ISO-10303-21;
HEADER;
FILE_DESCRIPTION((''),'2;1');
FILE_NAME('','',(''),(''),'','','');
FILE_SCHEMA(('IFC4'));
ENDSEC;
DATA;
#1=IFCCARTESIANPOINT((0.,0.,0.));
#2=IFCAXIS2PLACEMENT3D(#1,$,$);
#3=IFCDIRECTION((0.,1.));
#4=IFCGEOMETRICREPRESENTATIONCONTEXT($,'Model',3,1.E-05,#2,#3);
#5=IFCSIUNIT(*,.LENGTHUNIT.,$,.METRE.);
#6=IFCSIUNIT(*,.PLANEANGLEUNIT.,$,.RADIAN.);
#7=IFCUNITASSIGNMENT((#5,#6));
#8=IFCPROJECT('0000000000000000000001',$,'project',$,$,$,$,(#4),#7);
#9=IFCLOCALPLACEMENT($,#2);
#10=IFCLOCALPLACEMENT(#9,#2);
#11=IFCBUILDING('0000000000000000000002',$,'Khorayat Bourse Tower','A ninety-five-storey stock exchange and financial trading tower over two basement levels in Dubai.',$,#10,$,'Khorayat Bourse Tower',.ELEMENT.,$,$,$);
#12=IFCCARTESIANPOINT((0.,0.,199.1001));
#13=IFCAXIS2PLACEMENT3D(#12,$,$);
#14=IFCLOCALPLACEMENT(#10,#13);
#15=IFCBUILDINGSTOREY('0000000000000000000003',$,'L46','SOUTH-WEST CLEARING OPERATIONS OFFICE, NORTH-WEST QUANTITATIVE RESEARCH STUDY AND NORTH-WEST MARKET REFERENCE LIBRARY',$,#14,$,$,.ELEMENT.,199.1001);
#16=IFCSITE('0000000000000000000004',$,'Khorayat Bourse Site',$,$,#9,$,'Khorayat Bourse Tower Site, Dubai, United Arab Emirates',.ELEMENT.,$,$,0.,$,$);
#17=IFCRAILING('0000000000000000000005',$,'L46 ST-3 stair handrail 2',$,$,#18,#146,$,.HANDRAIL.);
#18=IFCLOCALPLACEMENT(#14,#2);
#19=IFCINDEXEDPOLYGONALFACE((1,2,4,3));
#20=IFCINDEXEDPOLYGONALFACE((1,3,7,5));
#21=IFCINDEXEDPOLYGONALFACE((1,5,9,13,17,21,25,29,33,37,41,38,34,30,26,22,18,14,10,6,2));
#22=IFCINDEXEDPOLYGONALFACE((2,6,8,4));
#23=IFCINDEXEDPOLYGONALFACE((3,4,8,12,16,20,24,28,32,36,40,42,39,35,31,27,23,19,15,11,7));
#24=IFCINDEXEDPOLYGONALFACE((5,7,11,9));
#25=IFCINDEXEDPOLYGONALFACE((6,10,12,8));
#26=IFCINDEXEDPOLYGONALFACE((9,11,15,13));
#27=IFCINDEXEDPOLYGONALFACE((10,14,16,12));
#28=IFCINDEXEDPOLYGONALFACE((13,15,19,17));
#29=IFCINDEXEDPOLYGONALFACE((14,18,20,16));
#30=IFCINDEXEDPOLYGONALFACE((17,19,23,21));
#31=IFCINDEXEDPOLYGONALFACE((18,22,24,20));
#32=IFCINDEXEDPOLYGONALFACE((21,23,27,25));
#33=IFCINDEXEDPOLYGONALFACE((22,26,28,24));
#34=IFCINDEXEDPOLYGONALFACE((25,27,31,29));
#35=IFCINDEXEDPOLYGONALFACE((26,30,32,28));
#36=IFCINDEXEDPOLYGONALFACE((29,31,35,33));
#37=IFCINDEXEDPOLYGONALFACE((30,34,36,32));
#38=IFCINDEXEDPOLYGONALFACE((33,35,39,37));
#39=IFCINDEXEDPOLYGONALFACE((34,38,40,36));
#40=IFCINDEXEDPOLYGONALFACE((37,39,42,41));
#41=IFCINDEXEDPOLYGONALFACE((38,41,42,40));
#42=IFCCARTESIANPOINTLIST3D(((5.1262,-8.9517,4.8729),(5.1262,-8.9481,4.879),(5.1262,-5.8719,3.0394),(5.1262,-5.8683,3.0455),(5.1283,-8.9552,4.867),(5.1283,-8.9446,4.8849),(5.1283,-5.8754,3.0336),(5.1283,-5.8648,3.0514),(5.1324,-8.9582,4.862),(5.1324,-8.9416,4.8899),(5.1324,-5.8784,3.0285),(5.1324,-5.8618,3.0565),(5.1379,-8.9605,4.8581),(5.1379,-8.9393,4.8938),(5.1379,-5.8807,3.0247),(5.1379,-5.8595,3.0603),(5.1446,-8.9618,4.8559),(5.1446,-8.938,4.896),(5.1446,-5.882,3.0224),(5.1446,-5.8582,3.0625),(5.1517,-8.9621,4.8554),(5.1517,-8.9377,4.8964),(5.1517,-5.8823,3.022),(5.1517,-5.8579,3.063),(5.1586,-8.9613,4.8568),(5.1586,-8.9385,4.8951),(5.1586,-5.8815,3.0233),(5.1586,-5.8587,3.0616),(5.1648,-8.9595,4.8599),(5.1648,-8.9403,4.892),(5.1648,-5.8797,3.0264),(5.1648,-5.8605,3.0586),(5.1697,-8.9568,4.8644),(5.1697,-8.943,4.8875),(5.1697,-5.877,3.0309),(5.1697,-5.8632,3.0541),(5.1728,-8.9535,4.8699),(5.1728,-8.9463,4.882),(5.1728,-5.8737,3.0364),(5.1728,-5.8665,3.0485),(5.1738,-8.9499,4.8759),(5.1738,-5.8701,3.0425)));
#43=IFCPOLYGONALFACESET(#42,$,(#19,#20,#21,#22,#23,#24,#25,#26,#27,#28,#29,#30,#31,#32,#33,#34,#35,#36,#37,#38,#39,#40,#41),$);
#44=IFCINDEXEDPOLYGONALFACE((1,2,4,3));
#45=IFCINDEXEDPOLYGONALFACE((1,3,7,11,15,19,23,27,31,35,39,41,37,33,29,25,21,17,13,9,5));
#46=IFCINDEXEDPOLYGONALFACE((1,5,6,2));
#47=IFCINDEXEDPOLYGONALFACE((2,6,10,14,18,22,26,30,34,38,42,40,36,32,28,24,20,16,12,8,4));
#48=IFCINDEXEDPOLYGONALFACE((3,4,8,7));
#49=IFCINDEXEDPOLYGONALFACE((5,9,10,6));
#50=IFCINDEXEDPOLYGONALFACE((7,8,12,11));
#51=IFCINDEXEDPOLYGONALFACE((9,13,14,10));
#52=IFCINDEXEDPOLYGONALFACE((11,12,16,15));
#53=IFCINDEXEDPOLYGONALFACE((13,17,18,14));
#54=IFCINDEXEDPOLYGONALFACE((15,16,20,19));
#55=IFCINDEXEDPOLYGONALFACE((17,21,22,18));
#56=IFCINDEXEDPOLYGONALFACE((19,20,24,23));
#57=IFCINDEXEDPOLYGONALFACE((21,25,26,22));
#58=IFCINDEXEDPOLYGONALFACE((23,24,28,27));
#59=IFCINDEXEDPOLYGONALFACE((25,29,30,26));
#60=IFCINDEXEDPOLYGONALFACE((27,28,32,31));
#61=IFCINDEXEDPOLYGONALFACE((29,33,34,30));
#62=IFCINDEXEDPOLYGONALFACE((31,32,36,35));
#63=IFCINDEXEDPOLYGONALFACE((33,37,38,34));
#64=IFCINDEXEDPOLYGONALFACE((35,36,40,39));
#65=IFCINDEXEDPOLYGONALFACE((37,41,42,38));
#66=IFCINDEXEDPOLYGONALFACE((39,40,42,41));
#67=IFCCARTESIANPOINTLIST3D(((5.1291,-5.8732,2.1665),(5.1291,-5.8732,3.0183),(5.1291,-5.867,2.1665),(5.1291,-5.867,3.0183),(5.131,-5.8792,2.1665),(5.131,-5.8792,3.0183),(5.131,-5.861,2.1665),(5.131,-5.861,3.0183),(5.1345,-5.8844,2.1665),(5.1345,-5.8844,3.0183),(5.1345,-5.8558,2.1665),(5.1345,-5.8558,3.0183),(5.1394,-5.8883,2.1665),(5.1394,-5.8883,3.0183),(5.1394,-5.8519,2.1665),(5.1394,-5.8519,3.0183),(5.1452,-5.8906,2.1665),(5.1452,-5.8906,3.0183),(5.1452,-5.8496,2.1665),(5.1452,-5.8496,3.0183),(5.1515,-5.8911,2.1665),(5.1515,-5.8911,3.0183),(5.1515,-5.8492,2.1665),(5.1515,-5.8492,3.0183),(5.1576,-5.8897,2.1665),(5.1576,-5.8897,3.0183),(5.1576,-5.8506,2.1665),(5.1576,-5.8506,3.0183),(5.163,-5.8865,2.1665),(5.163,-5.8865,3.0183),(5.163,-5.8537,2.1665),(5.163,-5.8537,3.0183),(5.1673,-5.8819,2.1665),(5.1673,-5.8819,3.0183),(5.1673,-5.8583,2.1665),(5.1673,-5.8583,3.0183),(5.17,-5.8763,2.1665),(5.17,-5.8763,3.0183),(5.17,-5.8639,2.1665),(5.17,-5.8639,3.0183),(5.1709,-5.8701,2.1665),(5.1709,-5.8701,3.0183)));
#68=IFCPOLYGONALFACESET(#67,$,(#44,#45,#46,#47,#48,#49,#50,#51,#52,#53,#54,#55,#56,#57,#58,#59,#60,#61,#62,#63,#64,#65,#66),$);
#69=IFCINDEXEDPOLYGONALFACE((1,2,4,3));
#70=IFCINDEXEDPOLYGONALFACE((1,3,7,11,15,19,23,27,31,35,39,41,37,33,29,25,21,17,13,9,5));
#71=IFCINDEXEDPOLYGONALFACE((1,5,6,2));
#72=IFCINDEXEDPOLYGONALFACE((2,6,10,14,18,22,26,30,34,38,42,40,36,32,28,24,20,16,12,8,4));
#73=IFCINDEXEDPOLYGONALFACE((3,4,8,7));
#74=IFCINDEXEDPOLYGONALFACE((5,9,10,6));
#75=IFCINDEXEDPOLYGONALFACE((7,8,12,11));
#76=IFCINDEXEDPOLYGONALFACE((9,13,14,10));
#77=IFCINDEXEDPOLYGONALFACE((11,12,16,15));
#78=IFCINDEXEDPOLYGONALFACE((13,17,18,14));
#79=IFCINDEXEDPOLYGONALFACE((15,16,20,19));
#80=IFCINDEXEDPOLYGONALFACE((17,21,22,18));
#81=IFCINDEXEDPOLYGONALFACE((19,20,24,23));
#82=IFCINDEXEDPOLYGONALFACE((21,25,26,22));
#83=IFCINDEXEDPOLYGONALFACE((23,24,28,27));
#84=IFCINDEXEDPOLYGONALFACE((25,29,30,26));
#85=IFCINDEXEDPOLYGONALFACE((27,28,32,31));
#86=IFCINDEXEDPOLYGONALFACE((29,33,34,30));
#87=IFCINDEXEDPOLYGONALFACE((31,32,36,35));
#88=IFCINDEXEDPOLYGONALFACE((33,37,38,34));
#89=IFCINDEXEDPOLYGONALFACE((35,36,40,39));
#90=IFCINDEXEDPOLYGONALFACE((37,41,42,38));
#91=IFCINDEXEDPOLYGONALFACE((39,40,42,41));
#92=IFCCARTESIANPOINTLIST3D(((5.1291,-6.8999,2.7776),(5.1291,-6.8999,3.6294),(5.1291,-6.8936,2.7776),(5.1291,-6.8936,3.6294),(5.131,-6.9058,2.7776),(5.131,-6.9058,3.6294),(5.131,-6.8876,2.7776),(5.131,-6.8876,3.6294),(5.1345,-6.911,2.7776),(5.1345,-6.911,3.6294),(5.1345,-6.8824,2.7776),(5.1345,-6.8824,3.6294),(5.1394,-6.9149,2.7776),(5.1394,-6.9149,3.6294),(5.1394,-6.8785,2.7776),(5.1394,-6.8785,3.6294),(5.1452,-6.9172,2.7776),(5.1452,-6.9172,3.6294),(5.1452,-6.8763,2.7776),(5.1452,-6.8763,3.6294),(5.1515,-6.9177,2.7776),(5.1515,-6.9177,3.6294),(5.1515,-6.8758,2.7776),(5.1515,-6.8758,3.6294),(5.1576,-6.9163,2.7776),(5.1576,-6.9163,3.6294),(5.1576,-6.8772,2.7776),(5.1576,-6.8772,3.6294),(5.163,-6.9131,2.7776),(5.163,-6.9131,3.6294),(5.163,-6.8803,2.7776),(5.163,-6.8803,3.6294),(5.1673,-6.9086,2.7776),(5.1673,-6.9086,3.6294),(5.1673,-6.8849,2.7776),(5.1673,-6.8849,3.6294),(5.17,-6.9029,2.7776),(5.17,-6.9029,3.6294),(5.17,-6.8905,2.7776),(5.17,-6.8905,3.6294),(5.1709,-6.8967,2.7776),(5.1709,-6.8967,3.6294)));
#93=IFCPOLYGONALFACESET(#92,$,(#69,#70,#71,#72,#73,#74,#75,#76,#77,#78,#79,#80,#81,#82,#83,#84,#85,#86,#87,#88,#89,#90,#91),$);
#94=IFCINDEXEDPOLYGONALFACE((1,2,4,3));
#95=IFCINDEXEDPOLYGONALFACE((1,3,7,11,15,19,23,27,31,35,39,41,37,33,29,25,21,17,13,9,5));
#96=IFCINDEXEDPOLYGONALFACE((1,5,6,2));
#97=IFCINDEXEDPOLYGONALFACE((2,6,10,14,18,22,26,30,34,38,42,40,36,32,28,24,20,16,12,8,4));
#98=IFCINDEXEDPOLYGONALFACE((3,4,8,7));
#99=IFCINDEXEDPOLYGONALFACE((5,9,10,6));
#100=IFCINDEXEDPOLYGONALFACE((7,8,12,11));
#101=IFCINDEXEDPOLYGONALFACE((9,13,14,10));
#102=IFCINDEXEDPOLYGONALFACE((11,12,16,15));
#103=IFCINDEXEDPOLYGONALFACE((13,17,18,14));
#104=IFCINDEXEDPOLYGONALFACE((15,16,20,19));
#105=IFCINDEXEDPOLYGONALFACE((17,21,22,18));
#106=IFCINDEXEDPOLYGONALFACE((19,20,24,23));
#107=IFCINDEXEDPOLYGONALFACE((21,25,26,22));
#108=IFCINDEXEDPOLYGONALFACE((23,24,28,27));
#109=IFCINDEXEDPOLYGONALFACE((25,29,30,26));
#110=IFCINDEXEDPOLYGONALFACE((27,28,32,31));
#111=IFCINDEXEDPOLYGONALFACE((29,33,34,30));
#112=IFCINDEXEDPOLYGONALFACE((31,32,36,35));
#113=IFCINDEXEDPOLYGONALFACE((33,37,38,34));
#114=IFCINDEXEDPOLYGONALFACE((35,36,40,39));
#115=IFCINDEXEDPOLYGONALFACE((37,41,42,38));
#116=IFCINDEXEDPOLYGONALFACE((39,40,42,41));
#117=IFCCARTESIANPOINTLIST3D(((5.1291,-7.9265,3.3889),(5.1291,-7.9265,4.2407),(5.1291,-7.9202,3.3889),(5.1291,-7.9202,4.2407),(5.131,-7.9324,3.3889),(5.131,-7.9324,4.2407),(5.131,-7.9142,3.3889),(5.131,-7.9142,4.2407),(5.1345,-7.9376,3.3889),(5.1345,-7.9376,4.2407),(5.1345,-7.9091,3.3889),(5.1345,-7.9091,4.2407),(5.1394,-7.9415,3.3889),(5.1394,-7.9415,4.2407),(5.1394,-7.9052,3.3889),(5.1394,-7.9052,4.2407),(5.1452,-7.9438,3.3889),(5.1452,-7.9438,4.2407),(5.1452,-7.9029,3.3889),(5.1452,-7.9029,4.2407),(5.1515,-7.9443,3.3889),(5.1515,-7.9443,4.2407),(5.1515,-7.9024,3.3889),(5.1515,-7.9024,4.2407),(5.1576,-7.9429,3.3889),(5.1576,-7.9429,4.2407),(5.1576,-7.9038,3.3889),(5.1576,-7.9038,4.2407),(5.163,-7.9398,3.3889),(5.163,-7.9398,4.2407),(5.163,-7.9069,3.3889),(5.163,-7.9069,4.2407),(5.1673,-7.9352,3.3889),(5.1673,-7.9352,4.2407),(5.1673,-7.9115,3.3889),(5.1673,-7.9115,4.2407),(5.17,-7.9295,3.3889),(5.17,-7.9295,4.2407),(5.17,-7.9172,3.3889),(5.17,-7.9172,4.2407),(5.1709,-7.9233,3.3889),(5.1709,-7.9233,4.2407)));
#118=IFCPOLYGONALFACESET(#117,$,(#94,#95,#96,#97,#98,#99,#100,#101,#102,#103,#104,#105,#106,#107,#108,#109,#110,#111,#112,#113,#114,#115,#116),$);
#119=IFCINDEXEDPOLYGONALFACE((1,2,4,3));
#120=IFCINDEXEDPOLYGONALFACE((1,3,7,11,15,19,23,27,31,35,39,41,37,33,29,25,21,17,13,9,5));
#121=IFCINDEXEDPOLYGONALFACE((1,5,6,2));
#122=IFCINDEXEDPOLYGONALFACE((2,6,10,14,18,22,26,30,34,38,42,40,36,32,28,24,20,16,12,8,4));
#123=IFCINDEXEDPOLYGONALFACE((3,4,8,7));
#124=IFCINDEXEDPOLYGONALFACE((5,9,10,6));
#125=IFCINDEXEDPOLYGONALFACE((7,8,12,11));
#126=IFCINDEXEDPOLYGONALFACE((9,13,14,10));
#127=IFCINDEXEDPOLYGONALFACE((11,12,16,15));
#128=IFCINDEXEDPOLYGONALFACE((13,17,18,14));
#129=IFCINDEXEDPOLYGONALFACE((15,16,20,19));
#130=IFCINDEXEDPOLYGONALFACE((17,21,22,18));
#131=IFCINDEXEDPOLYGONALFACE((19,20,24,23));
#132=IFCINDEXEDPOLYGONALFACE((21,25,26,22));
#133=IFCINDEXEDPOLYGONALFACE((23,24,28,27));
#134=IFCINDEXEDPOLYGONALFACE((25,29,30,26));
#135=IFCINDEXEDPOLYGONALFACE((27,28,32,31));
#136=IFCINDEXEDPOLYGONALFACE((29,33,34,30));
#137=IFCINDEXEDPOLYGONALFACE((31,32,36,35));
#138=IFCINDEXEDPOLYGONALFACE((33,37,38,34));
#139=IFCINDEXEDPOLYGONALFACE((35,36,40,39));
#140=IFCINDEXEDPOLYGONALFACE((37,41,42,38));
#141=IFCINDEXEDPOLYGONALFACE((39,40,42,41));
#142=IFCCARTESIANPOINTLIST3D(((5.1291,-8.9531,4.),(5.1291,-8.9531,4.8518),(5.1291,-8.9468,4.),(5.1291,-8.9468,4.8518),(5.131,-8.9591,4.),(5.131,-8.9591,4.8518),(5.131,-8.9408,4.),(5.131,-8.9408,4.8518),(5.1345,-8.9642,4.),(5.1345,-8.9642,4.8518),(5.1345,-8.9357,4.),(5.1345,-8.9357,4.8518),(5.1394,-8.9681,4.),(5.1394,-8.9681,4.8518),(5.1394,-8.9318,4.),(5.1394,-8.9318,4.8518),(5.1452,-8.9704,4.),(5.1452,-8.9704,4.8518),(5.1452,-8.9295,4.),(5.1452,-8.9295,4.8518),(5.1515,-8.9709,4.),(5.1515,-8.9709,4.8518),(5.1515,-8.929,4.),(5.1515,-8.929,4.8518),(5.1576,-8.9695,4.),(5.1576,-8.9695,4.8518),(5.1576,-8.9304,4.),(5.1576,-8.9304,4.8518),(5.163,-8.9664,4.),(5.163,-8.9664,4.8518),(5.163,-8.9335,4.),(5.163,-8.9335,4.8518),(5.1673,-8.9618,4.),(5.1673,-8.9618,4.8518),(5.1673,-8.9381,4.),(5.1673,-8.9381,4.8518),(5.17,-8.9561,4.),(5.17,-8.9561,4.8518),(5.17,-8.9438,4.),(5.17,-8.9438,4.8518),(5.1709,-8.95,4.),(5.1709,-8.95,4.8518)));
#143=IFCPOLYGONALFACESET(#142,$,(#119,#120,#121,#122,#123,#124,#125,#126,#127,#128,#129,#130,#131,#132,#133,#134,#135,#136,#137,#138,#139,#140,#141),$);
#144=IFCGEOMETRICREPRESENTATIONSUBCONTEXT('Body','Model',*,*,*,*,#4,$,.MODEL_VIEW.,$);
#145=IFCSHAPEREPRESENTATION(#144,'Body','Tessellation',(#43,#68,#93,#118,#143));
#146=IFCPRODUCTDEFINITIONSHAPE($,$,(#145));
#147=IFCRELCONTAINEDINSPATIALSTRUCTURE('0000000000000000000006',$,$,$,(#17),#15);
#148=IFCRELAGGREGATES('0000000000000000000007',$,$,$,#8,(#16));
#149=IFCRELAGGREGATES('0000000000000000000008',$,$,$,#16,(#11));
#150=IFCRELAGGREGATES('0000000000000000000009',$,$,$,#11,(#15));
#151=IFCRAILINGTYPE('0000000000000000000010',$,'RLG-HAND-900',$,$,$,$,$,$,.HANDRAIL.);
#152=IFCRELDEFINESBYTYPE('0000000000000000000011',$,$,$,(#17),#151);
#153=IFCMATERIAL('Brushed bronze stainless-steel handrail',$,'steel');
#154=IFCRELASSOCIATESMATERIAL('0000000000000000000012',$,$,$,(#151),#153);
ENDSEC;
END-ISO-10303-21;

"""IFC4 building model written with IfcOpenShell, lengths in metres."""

from ifc_helpers import new_model, si_unit, direction, frame, origin, origin_2d, place, context, subcontext, project, spatial, circle, extrude, source, transform, mapped, material, type_object, element, save


model = new_model("IFC4")

# Units and contexts
model_context = context("Model", 3, precision=1e-05, world=origin(), true_north=direction((0.0, 1.0)))
body_context = subcontext(model_context, "Body", "Model", "MODEL_VIEW")
ifc_project = project(units=[si_unit("LENGTHUNIT", "METRE"), si_unit("PLANEANGLEUNIT", "RADIAN")], contexts=[model_context])

# Site, building, storey
site_placement = place(None, origin())
site = spatial("IfcSite", under=ifc_project, at=site_placement, Name="Khorayat Bourse Site", LongName="Khorayat Bourse Tower Site, Dubai, United Arab Emirates", CompositionType="ELEMENT", RefElevation=0.0)
building_placement = place(site_placement, origin())
building = spatial("IfcBuilding", under=site, at=building_placement, Name="Khorayat Bourse Tower", Description="A ninety-five-storey stock exchange and financial trading tower over two basement levels in Dubai.", LongName="Khorayat Bourse Tower", CompositionType="ELEMENT")
storey_placement = place(building_placement, frame((0.0, 0.0, 199.1001)))
storey = spatial("IfcBuildingStorey", under=building, at=storey_placement, Name="L46", Description="SOUTH-WEST CLEARING OPERATIONS OFFICE, NORTH-WEST QUANTITATIVE RESEARCH STUDY AND NORTH-WEST MARKET REFERENCE LIBRARY", CompositionType="ELEMENT", Elevation=199.1001)

# Railing
ifc_material_1 = material(Name="Brushed bronze stainless-steel handrail", Category="steel")
railing_type = type_object("IfcRailingType", Name="RLG-HAND-900", PredefinedType="HANDRAIL", material=ifc_material_1)
shared_shape_1 = source(origin(), body_context, "Body", "SweptSolid", [
    extrude(circle(Radius=0.0239, at=origin_2d()), frame((0.0, 0.0, 0.876), z_axis=(0.0, -0.859261, 0.511538), x_axis=(1.0, 0.0, 0.0)), (0.0, 0.0, 1.0), 3.5842),
    extrude(circle(Radius=0.021, at=origin_2d()), origin(), (0.0, 0.0, 1.0), 0.8518),
    extrude(circle(Radius=0.021, at=origin_2d()), frame((0.0, -1.0266, 0.6111)), (0.0, 0.0, 1.0), 0.8518),
    extrude(circle(Radius=0.021, at=origin_2d()), frame((0.0, -2.0532, 1.2224)), (0.0, 0.0, 1.0), 0.8518),
    extrude(circle(Radius=0.021, at=origin_2d()), frame((0.0, -3.0798, 1.8335)), (0.0, 0.0, 1.0), 0.8518),
])
railing_placement = place(storey_placement, frame((5.1499, -5.8701, 2.1665)))
element("IfcRailing", 1, at=railing_placement, inside=storey, type_object=railing_type, Name="L46 ST-3 stair handrail 2", PredefinedType="HANDRAIL", context=body_context, shape_type="MappedRepresentation", body=[
    mapped(shared_shape_1, transform((0.0, 0.0, 0.0), scale=1.0)),
])

save(model, "model.ifc")
